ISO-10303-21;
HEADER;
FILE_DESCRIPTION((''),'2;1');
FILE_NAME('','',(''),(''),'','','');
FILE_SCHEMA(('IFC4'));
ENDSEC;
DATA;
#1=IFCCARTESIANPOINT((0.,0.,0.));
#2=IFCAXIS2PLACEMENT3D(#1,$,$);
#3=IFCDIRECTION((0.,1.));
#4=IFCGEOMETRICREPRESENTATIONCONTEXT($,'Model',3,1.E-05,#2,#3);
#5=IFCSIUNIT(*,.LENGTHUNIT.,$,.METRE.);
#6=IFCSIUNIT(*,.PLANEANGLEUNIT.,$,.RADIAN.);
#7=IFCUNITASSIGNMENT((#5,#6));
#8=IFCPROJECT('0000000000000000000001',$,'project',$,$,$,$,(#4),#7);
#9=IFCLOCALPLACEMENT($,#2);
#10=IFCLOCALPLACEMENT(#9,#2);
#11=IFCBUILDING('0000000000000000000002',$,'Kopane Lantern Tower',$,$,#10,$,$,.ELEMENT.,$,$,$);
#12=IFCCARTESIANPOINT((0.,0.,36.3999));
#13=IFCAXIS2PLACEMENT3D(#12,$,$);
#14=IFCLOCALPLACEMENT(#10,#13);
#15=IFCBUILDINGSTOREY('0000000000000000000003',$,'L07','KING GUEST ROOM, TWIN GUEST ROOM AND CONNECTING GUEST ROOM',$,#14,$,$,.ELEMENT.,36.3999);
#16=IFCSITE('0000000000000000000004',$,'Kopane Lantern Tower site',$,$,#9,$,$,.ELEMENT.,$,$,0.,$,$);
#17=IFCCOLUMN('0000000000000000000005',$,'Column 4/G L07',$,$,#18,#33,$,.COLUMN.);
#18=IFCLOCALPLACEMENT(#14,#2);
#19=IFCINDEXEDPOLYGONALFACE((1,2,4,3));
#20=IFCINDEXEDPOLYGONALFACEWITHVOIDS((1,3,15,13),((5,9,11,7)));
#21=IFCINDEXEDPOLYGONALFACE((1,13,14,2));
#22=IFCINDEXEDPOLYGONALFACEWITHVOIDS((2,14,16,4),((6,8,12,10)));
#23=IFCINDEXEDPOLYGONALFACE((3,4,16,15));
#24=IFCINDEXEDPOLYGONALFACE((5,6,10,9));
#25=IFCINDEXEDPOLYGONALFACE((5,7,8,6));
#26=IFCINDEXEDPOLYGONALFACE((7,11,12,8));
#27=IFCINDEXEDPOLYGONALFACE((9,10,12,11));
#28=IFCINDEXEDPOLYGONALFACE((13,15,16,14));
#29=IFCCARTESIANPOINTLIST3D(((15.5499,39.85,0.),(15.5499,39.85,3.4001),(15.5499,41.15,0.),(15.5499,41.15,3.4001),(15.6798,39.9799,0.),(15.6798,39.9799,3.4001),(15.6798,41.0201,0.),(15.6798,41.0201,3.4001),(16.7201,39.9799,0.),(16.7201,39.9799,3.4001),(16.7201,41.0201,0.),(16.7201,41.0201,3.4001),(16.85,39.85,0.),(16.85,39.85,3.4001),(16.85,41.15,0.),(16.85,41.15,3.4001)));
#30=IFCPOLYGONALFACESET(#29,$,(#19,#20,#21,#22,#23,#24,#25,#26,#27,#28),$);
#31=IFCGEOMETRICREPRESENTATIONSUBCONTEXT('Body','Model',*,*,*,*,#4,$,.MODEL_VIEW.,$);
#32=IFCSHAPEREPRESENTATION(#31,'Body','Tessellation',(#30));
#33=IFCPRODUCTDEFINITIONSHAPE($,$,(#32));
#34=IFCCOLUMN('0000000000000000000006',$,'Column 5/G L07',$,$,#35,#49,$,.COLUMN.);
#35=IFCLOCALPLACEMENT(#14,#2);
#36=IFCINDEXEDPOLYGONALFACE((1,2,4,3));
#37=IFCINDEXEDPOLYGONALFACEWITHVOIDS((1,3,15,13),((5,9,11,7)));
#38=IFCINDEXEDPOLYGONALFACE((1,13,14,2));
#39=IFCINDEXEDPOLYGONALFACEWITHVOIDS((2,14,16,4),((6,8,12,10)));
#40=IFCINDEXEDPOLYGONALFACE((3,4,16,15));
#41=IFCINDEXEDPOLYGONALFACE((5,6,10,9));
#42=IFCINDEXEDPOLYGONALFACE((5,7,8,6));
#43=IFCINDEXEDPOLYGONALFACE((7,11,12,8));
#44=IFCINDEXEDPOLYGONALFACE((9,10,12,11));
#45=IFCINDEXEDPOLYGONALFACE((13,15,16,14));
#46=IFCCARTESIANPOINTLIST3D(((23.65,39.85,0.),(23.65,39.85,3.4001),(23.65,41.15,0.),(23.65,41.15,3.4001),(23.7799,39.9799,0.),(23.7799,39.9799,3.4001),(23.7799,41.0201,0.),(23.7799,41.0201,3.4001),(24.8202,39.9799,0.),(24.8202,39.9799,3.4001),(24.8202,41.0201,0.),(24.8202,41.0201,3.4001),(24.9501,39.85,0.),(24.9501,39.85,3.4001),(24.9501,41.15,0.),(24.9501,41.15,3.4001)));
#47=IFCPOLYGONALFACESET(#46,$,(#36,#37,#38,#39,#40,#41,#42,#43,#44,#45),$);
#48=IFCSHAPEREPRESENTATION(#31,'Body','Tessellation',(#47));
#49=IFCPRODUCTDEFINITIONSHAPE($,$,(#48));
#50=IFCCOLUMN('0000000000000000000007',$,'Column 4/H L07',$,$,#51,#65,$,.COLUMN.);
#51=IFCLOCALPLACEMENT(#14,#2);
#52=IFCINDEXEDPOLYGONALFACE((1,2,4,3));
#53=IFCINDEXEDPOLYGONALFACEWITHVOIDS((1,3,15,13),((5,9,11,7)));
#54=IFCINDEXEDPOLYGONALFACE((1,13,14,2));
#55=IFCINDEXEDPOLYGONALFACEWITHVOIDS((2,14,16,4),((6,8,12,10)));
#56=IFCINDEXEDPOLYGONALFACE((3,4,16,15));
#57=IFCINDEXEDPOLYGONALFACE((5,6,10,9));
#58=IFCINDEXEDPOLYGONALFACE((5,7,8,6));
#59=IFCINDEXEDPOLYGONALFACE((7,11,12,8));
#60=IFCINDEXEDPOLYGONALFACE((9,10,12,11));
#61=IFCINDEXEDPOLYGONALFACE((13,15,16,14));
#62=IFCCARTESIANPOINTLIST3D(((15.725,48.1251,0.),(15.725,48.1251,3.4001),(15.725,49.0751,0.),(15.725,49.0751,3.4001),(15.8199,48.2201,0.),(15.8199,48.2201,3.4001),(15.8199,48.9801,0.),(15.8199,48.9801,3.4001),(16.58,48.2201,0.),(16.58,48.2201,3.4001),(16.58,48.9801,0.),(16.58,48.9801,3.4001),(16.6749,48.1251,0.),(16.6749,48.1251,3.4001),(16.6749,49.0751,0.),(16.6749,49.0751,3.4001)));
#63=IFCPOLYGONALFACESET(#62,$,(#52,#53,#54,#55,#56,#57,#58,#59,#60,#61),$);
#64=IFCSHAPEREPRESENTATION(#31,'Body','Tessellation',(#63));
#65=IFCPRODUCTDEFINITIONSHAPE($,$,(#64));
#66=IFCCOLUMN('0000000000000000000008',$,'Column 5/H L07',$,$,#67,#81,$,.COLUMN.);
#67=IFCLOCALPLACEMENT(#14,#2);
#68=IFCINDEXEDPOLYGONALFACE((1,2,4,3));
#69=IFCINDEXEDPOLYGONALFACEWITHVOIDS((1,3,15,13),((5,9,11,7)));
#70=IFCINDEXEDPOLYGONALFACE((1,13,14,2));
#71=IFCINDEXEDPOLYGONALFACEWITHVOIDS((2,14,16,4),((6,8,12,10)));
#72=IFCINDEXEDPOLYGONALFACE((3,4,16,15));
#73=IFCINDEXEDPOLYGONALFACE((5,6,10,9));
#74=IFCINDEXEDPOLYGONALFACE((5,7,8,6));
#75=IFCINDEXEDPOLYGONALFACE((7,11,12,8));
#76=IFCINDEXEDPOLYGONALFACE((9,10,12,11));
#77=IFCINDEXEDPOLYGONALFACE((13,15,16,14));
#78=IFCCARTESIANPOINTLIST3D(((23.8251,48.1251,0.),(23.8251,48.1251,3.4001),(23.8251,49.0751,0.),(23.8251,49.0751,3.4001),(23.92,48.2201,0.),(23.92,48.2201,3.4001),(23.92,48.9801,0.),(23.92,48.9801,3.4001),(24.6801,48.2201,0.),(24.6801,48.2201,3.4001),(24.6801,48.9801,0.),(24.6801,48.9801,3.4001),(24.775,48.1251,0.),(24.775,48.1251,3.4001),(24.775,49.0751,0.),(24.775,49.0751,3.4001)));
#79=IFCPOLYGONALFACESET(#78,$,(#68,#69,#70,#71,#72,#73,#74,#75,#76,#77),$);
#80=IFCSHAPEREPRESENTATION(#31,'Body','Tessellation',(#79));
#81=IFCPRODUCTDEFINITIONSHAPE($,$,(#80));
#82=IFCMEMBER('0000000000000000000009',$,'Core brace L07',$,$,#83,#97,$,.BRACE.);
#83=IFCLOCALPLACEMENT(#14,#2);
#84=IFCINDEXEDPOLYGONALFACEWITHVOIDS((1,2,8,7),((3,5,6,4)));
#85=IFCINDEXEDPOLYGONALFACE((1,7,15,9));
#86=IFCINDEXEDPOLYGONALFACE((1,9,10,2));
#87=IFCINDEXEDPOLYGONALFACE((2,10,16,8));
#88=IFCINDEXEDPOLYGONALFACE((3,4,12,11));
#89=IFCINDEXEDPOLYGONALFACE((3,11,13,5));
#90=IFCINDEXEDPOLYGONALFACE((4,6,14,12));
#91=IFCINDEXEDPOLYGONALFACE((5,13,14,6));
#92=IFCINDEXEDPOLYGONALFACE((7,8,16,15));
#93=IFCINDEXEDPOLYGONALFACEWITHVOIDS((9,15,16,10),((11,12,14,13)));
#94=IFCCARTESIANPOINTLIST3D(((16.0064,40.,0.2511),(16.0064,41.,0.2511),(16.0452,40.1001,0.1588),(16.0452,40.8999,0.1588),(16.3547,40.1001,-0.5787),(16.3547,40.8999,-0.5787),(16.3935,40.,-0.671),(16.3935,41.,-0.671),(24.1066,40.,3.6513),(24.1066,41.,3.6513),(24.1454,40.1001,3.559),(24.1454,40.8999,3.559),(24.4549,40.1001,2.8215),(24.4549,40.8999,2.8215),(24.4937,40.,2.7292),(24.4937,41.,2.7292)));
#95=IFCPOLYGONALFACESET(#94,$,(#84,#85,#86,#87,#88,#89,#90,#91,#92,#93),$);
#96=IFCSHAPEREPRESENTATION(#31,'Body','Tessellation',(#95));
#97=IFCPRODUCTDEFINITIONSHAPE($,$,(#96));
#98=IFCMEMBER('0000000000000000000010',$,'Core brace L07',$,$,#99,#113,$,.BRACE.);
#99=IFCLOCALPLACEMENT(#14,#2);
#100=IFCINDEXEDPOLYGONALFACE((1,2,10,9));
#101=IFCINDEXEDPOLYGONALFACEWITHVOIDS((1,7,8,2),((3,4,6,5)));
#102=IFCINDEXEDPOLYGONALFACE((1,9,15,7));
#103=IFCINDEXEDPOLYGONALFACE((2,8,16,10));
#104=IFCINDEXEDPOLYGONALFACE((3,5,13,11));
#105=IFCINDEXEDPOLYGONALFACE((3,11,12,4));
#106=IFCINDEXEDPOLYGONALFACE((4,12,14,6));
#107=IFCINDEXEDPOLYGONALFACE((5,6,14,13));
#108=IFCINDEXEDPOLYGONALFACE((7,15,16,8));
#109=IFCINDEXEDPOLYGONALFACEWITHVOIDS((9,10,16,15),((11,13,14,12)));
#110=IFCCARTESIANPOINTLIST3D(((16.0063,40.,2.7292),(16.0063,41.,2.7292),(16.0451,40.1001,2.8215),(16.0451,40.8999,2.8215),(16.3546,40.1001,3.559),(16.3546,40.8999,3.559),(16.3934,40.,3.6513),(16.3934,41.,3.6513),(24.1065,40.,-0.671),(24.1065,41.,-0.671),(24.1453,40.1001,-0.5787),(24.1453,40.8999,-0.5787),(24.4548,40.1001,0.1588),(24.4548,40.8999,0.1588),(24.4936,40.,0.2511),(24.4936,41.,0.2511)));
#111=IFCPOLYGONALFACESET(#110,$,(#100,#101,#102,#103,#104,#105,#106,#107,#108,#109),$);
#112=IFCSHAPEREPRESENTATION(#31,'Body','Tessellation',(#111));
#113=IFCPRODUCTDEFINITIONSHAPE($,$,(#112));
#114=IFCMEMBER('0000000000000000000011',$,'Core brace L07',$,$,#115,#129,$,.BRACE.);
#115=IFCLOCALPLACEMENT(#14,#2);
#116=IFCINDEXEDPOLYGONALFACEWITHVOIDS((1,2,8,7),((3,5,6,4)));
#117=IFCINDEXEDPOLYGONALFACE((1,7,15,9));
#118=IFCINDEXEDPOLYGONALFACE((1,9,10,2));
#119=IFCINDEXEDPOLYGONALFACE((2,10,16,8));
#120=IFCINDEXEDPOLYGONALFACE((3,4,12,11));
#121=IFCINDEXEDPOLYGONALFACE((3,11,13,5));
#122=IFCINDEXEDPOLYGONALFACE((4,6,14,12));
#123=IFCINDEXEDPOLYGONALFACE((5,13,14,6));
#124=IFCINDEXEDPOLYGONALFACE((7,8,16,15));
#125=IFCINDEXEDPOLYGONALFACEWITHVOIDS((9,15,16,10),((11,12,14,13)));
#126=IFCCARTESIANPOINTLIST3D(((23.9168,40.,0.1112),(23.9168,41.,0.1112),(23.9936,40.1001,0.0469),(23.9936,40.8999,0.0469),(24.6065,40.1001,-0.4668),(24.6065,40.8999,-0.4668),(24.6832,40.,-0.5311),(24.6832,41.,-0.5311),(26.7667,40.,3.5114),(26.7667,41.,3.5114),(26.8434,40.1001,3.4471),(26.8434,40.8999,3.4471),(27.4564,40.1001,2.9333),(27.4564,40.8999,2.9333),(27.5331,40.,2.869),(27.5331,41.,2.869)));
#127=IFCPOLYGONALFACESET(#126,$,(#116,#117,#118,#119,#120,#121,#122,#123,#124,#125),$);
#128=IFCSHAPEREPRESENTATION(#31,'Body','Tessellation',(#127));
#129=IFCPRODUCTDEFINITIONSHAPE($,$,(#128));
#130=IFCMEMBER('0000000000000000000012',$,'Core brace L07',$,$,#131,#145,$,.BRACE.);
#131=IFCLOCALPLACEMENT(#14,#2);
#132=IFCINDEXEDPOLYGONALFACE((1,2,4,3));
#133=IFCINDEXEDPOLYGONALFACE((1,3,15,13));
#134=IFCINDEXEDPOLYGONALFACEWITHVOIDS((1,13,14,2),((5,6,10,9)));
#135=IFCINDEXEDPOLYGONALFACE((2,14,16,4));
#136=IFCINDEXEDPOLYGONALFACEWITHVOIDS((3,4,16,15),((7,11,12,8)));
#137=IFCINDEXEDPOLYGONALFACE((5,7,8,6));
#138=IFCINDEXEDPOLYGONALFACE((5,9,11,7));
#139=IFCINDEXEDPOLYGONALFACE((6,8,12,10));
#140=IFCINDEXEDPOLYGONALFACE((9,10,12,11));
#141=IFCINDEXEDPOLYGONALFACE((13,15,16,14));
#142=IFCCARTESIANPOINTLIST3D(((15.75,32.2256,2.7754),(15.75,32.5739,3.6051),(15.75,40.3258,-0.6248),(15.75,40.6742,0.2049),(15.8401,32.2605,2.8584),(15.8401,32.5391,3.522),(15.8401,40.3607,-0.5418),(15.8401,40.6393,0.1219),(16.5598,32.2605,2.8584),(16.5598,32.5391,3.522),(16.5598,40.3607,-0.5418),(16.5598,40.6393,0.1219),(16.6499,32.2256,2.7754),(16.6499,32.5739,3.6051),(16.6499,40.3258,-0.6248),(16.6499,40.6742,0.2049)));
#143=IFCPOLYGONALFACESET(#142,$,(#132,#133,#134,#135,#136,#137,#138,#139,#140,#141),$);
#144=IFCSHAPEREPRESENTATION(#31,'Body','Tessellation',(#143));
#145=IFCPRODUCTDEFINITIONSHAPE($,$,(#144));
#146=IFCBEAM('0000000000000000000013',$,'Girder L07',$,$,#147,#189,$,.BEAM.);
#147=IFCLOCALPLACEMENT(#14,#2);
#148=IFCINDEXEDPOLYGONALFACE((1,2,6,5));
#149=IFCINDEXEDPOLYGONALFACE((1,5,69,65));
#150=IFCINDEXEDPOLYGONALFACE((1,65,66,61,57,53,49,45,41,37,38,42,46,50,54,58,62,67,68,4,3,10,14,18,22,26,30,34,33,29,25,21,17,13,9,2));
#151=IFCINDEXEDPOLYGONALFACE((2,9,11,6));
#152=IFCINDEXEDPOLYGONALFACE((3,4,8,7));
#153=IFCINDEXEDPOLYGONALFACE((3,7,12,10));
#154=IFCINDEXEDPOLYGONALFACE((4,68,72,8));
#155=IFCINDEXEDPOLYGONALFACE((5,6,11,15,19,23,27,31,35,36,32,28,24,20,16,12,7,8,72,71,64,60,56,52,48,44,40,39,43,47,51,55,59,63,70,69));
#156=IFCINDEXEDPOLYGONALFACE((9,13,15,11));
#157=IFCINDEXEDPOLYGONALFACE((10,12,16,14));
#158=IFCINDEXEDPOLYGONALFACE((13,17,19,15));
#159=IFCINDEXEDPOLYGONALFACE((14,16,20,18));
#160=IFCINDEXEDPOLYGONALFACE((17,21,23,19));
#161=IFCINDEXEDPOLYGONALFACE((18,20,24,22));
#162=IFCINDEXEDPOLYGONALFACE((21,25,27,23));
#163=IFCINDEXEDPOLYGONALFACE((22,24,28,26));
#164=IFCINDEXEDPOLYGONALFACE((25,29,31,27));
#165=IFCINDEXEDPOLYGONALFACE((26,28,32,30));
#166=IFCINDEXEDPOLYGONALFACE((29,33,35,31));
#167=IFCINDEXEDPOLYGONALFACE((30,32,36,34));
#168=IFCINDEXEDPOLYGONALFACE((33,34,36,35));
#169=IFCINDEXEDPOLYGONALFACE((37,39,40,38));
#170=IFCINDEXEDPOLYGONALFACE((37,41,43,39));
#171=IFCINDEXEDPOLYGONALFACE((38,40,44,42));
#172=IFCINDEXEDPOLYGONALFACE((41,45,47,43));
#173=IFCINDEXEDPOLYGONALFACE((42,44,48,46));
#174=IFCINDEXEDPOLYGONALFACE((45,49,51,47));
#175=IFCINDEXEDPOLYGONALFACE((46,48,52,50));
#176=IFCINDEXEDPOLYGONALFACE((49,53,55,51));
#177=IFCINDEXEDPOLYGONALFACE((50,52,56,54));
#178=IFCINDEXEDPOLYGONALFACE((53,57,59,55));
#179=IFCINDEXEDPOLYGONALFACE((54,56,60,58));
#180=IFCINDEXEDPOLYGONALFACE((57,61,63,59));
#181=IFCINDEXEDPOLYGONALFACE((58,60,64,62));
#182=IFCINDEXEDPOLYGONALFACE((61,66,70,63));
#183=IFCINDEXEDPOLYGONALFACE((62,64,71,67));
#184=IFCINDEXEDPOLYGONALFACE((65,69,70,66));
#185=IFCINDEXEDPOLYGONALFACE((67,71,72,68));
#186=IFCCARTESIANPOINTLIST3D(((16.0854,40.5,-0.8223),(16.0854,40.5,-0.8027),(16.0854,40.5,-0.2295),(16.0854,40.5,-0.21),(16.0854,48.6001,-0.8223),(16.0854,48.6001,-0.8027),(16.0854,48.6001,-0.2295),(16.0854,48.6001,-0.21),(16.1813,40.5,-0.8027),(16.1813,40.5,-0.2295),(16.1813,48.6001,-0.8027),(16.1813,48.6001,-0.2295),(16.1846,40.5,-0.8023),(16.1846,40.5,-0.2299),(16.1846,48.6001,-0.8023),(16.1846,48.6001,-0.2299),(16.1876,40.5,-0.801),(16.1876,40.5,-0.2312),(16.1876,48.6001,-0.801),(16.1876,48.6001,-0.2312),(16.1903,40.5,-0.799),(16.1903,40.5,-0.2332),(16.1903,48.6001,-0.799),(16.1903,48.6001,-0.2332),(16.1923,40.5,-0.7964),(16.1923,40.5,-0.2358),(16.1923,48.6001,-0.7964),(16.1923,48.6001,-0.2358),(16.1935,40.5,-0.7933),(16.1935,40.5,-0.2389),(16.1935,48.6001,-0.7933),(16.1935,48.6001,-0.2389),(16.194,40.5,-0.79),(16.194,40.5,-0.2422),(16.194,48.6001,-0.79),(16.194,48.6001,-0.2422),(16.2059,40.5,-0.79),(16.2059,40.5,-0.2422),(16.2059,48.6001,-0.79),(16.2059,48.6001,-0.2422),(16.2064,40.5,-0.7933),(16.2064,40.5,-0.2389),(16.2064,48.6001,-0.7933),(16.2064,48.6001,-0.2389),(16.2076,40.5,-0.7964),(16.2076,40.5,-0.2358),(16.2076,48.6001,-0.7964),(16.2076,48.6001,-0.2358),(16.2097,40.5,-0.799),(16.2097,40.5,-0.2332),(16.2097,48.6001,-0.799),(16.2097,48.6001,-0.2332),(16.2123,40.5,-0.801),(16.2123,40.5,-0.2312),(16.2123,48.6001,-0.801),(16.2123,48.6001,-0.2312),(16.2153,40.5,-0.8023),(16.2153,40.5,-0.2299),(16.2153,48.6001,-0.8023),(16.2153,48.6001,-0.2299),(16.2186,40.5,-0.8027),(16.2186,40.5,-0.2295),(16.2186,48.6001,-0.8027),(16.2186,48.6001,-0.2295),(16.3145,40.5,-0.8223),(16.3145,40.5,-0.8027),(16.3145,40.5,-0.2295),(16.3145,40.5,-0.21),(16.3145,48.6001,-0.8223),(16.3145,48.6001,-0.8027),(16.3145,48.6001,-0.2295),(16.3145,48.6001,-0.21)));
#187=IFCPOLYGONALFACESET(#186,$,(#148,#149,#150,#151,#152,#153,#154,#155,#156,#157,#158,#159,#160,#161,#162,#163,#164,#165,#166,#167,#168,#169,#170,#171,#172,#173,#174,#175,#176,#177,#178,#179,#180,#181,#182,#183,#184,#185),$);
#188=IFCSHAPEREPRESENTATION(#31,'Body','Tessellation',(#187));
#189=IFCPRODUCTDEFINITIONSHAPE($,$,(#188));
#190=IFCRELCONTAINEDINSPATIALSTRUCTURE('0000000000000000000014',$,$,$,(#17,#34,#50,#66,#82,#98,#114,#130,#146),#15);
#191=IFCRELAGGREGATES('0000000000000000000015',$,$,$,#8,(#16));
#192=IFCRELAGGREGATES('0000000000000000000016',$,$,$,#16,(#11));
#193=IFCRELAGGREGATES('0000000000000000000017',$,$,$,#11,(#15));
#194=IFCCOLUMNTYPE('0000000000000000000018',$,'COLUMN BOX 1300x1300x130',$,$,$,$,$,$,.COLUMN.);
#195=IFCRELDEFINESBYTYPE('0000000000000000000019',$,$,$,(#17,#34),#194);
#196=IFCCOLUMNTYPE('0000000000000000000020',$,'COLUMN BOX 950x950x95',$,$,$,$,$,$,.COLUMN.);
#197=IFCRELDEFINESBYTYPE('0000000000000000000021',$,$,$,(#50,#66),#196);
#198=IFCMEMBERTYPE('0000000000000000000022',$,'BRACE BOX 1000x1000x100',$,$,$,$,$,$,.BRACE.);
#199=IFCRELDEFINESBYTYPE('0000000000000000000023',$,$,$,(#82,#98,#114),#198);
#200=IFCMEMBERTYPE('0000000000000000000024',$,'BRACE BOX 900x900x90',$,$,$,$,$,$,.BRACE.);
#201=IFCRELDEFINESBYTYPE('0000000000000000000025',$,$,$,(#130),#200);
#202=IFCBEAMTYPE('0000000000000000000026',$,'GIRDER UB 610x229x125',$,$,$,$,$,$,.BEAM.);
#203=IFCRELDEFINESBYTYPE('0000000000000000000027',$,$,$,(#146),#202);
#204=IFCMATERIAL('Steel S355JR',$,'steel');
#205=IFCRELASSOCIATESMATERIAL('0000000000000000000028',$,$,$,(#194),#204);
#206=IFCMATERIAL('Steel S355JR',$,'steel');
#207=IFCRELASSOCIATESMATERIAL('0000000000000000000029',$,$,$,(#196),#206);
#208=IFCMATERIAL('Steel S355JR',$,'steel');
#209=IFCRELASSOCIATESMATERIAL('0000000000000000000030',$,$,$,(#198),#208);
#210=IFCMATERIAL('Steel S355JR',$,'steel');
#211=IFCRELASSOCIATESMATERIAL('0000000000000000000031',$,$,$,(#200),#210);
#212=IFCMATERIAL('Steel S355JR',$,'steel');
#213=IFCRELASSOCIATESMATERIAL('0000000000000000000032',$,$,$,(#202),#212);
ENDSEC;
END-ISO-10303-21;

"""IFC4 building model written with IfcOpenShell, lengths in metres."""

from ifc_helpers import new_model, si_unit, direction, frame, origin, origin_2d, place, context, subcontext, project, spatial, hollow_rectangle, i_section, extrude, material, material_profile, profile_set, type_object, element, save


model = new_model("IFC4")

# Units and contexts
model_context = context("Model", 3, precision=1e-05, world=origin(), true_north=direction((0.0, 1.0)))
body_context = subcontext(model_context, "Body", "Model", "MODEL_VIEW")
ifc_project = project(units=[si_unit("LENGTHUNIT", "METRE"), si_unit("PLANEANGLEUNIT", "RADIAN")], contexts=[model_context])

# Site, building, storey
site_placement = place(None, origin())
site = spatial("IfcSite", under=ifc_project, at=site_placement, Name="Kopane Lantern Tower site", CompositionType="ELEMENT", RefElevation=0.0)
building_placement = place(site_placement, origin())
building = spatial("IfcBuilding", under=site, at=building_placement, Name="Kopane Lantern Tower", CompositionType="ELEMENT")
storey_placement = place(building_placement, frame((0.0, 0.0, 36.3999)))
storey = spatial("IfcBuildingStorey", under=building, at=storey_placement, Name="L07", Description="KING GUEST ROOM, TWIN GUEST ROOM AND CONNECTING GUEST ROOM", CompositionType="ELEMENT", Elevation=36.3999)

# Columns
ifc_material_1 = material(Name="Steel S355JR", Category="steel")
ifc_material_profile_1 = material_profile(ifc_material_1, hollow_rectangle(XDim=1.3, YDim=1.3, WallThickness=0.1299, at=origin_2d()), Name="BOX 1300x1300x130")
ifc_profile_set_1 = profile_set([ifc_material_profile_1], Name="Steel S355JR")
column_type_1 = type_object("IfcColumnType", Name="COLUMN BOX 1300x1300x130", PredefinedType="COLUMN", material=ifc_profile_set_1)
for number, where, z_axis, x_axis, name in (
    (1, (16.2, 40.5, 0.0), (0.0, 0.0, 1.0), (1.0, 0.0, 0.0), "Column 4/G L07"),
    (2, (24.3, 40.5, 0.0), (0.0, 0.0, 1.0), (1.0, 0.0, 0.0), "Column 5/G L07"),
):
    element("IfcColumn", number, at=place(storey_placement, frame(where, z_axis=z_axis, x_axis=x_axis)), inside=storey, type_object=column_type_1, Name=name, PredefinedType="COLUMN", context=body_context, shape_type="SweptSolid", body=[
        extrude(hollow_rectangle(XDim=1.3, YDim=1.3, WallThickness=0.1299, at=origin_2d()), origin(), (0.0, 0.0, 1.0), 3.4001),
    ])
ifc_material_2 = material(Name="Steel S355JR", Category="steel")
ifc_material_profile_2 = material_profile(ifc_material_2, hollow_rectangle(XDim=0.95, YDim=0.95, WallThickness=0.095, at=origin_2d()), Name="BOX 950x950x95")
ifc_profile_set_2 = profile_set([ifc_material_profile_2], Name="Steel S355JR")
column_type_2 = type_object("IfcColumnType", Name="COLUMN BOX 950x950x95", PredefinedType="COLUMN", material=ifc_profile_set_2)
for number, where, z_axis, x_axis, name in (
    (3, (16.2, 48.6001, 0.0), (0.0, 0.0, 1.0), (1.0, 0.0, 0.0), "Column 4/H L07"),
    (4, (24.3, 48.6001, 0.0), (0.0, 0.0, 1.0), (1.0, 0.0, 0.0), "Column 5/H L07"),
):
    element("IfcColumn", number, at=place(storey_placement, frame(where, z_axis=z_axis, x_axis=x_axis)), inside=storey, type_object=column_type_2, Name=name, PredefinedType="COLUMN", context=body_context, shape_type="SweptSolid", body=[
        extrude(hollow_rectangle(XDim=0.95, YDim=0.95, WallThickness=0.095, at=origin_2d()), origin(), (0.0, 0.0, 1.0), 3.4001),
    ])

# Members
ifc_material_3 = material(Name="Steel S355JR", Category="steel")
ifc_material_profile_3 = material_profile(ifc_material_3, hollow_rectangle(XDim=1.0, YDim=1.0, WallThickness=0.1001, at=origin_2d()), Name="BOX 1000x1000x100")
ifc_profile_set_3 = profile_set([ifc_material_profile_3], Name="Steel S355JR")
member_type_1 = type_object("IfcMemberType", Name="BRACE BOX 1000x1000x100", PredefinedType="BRACE", material=ifc_profile_set_3)
for number, where, z_axis, x_axis, name in (
    (5, (16.2, 40.5, -0.21), (0.922059, 0.0, 0.387049), (0.0, 1.0, 0.0), "Core brace L07"),
    (6, (24.3, 40.5, -0.21), (-0.922059, 0.0, 0.387049), (0.0, -1.0, 0.0), "Core brace L07"),
):
    element("IfcMember", number, at=place(storey_placement, frame(where, z_axis=z_axis, x_axis=x_axis)), inside=storey, type_object=member_type_1, Name=name, PredefinedType="BRACE", context=body_context, shape_type="SweptSolid", body=[
        extrude(hollow_rectangle(XDim=1.0, YDim=1.0, WallThickness=0.1001, at=origin_2d()), origin(), (0.0, 0.0, 1.0), 8.7849),
    ])
member_1_placement = place(storey_placement, frame((24.3, 40.5, -0.21), z_axis=(0.642363, 0.0, 0.7664), x_axis=(0.0, 1.0, 0.0)))
element("IfcMember", 7, at=member_1_placement, inside=storey, type_object=member_type_1, Name="Core brace L07", PredefinedType="BRACE", context=body_context, shape_type="SweptSolid", body=[
    extrude(hollow_rectangle(XDim=1.0, YDim=1.0, WallThickness=0.1001, at=origin_2d()), origin(), (0.0, 0.0, 1.0), 4.4365),
])
ifc_material_4 = material(Name="Steel S355JR", Category="steel")
ifc_material_profile_4 = material_profile(ifc_material_4, hollow_rectangle(XDim=0.8999, YDim=0.8999, WallThickness=0.0901, at=origin_2d()), Name="BOX 900x900x90")
ifc_profile_set_4 = profile_set([ifc_material_profile_4], Name="Steel S355JR")
member_type_2 = type_object("IfcMemberType", Name="BRACE BOX 900x900x90", PredefinedType="BRACE", material=ifc_profile_set_4)
member_2_placement = place(storey_placement, frame((16.2, 40.5, -0.21), z_axis=(0.0, -0.922059, 0.387049), x_axis=(1.0, 0.0, 0.0)))
element("IfcMember", 8, at=member_2_placement, inside=storey, type_object=member_type_2, Name="Core brace L07", PredefinedType="BRACE", context=body_context, shape_type="SweptSolid", body=[
    extrude(hollow_rectangle(XDim=0.8999, YDim=0.8999, WallThickness=0.0901, at=origin_2d()), origin(), (0.0, 0.0, 1.0), 8.7849),
])

# Beam
ifc_material_5 = material(Name="Steel S355JR", Category="steel")
ifc_material_profile_5 = material_profile(ifc_material_5, i_section(OverallWidth=0.229, OverallDepth=0.6123, WebThickness=0.012, FlangeThickness=0.0195, FilletRadius=0.0127, at=origin_2d()), Name="UB 610x229x125")
ifc_profile_set_5 = profile_set([ifc_material_profile_5], Name="Steel S355JR")
beam_type_1 = type_object("IfcBeamType", Name="GIRDER UB 610x229x125", PredefinedType="BEAM", material=ifc_profile_set_5)
for number, where, z_axis, x_axis, name in (
    (9, (16.2, 40.5, -0.5161), (0.0, 1.0, 0.0), (-1.0, 0.0, 0.0), "Girder L07"),
):
    element("IfcBeam", number, at=place(storey_placement, frame(where, z_axis=z_axis, x_axis=x_axis)), inside=storey, type_object=beam_type_1, Name=name, PredefinedType="BEAM", context=body_context, shape_type="SweptSolid", body=[
        extrude(i_section(OverallWidth=0.229, OverallDepth=0.6123, WebThickness=0.012, FlangeThickness=0.0195, FilletRadius=0.0127, at=origin_2d()), origin(), (0.0, 0.0, 1.0), 8.1001),
    ])

save(model, "model.ifc")
